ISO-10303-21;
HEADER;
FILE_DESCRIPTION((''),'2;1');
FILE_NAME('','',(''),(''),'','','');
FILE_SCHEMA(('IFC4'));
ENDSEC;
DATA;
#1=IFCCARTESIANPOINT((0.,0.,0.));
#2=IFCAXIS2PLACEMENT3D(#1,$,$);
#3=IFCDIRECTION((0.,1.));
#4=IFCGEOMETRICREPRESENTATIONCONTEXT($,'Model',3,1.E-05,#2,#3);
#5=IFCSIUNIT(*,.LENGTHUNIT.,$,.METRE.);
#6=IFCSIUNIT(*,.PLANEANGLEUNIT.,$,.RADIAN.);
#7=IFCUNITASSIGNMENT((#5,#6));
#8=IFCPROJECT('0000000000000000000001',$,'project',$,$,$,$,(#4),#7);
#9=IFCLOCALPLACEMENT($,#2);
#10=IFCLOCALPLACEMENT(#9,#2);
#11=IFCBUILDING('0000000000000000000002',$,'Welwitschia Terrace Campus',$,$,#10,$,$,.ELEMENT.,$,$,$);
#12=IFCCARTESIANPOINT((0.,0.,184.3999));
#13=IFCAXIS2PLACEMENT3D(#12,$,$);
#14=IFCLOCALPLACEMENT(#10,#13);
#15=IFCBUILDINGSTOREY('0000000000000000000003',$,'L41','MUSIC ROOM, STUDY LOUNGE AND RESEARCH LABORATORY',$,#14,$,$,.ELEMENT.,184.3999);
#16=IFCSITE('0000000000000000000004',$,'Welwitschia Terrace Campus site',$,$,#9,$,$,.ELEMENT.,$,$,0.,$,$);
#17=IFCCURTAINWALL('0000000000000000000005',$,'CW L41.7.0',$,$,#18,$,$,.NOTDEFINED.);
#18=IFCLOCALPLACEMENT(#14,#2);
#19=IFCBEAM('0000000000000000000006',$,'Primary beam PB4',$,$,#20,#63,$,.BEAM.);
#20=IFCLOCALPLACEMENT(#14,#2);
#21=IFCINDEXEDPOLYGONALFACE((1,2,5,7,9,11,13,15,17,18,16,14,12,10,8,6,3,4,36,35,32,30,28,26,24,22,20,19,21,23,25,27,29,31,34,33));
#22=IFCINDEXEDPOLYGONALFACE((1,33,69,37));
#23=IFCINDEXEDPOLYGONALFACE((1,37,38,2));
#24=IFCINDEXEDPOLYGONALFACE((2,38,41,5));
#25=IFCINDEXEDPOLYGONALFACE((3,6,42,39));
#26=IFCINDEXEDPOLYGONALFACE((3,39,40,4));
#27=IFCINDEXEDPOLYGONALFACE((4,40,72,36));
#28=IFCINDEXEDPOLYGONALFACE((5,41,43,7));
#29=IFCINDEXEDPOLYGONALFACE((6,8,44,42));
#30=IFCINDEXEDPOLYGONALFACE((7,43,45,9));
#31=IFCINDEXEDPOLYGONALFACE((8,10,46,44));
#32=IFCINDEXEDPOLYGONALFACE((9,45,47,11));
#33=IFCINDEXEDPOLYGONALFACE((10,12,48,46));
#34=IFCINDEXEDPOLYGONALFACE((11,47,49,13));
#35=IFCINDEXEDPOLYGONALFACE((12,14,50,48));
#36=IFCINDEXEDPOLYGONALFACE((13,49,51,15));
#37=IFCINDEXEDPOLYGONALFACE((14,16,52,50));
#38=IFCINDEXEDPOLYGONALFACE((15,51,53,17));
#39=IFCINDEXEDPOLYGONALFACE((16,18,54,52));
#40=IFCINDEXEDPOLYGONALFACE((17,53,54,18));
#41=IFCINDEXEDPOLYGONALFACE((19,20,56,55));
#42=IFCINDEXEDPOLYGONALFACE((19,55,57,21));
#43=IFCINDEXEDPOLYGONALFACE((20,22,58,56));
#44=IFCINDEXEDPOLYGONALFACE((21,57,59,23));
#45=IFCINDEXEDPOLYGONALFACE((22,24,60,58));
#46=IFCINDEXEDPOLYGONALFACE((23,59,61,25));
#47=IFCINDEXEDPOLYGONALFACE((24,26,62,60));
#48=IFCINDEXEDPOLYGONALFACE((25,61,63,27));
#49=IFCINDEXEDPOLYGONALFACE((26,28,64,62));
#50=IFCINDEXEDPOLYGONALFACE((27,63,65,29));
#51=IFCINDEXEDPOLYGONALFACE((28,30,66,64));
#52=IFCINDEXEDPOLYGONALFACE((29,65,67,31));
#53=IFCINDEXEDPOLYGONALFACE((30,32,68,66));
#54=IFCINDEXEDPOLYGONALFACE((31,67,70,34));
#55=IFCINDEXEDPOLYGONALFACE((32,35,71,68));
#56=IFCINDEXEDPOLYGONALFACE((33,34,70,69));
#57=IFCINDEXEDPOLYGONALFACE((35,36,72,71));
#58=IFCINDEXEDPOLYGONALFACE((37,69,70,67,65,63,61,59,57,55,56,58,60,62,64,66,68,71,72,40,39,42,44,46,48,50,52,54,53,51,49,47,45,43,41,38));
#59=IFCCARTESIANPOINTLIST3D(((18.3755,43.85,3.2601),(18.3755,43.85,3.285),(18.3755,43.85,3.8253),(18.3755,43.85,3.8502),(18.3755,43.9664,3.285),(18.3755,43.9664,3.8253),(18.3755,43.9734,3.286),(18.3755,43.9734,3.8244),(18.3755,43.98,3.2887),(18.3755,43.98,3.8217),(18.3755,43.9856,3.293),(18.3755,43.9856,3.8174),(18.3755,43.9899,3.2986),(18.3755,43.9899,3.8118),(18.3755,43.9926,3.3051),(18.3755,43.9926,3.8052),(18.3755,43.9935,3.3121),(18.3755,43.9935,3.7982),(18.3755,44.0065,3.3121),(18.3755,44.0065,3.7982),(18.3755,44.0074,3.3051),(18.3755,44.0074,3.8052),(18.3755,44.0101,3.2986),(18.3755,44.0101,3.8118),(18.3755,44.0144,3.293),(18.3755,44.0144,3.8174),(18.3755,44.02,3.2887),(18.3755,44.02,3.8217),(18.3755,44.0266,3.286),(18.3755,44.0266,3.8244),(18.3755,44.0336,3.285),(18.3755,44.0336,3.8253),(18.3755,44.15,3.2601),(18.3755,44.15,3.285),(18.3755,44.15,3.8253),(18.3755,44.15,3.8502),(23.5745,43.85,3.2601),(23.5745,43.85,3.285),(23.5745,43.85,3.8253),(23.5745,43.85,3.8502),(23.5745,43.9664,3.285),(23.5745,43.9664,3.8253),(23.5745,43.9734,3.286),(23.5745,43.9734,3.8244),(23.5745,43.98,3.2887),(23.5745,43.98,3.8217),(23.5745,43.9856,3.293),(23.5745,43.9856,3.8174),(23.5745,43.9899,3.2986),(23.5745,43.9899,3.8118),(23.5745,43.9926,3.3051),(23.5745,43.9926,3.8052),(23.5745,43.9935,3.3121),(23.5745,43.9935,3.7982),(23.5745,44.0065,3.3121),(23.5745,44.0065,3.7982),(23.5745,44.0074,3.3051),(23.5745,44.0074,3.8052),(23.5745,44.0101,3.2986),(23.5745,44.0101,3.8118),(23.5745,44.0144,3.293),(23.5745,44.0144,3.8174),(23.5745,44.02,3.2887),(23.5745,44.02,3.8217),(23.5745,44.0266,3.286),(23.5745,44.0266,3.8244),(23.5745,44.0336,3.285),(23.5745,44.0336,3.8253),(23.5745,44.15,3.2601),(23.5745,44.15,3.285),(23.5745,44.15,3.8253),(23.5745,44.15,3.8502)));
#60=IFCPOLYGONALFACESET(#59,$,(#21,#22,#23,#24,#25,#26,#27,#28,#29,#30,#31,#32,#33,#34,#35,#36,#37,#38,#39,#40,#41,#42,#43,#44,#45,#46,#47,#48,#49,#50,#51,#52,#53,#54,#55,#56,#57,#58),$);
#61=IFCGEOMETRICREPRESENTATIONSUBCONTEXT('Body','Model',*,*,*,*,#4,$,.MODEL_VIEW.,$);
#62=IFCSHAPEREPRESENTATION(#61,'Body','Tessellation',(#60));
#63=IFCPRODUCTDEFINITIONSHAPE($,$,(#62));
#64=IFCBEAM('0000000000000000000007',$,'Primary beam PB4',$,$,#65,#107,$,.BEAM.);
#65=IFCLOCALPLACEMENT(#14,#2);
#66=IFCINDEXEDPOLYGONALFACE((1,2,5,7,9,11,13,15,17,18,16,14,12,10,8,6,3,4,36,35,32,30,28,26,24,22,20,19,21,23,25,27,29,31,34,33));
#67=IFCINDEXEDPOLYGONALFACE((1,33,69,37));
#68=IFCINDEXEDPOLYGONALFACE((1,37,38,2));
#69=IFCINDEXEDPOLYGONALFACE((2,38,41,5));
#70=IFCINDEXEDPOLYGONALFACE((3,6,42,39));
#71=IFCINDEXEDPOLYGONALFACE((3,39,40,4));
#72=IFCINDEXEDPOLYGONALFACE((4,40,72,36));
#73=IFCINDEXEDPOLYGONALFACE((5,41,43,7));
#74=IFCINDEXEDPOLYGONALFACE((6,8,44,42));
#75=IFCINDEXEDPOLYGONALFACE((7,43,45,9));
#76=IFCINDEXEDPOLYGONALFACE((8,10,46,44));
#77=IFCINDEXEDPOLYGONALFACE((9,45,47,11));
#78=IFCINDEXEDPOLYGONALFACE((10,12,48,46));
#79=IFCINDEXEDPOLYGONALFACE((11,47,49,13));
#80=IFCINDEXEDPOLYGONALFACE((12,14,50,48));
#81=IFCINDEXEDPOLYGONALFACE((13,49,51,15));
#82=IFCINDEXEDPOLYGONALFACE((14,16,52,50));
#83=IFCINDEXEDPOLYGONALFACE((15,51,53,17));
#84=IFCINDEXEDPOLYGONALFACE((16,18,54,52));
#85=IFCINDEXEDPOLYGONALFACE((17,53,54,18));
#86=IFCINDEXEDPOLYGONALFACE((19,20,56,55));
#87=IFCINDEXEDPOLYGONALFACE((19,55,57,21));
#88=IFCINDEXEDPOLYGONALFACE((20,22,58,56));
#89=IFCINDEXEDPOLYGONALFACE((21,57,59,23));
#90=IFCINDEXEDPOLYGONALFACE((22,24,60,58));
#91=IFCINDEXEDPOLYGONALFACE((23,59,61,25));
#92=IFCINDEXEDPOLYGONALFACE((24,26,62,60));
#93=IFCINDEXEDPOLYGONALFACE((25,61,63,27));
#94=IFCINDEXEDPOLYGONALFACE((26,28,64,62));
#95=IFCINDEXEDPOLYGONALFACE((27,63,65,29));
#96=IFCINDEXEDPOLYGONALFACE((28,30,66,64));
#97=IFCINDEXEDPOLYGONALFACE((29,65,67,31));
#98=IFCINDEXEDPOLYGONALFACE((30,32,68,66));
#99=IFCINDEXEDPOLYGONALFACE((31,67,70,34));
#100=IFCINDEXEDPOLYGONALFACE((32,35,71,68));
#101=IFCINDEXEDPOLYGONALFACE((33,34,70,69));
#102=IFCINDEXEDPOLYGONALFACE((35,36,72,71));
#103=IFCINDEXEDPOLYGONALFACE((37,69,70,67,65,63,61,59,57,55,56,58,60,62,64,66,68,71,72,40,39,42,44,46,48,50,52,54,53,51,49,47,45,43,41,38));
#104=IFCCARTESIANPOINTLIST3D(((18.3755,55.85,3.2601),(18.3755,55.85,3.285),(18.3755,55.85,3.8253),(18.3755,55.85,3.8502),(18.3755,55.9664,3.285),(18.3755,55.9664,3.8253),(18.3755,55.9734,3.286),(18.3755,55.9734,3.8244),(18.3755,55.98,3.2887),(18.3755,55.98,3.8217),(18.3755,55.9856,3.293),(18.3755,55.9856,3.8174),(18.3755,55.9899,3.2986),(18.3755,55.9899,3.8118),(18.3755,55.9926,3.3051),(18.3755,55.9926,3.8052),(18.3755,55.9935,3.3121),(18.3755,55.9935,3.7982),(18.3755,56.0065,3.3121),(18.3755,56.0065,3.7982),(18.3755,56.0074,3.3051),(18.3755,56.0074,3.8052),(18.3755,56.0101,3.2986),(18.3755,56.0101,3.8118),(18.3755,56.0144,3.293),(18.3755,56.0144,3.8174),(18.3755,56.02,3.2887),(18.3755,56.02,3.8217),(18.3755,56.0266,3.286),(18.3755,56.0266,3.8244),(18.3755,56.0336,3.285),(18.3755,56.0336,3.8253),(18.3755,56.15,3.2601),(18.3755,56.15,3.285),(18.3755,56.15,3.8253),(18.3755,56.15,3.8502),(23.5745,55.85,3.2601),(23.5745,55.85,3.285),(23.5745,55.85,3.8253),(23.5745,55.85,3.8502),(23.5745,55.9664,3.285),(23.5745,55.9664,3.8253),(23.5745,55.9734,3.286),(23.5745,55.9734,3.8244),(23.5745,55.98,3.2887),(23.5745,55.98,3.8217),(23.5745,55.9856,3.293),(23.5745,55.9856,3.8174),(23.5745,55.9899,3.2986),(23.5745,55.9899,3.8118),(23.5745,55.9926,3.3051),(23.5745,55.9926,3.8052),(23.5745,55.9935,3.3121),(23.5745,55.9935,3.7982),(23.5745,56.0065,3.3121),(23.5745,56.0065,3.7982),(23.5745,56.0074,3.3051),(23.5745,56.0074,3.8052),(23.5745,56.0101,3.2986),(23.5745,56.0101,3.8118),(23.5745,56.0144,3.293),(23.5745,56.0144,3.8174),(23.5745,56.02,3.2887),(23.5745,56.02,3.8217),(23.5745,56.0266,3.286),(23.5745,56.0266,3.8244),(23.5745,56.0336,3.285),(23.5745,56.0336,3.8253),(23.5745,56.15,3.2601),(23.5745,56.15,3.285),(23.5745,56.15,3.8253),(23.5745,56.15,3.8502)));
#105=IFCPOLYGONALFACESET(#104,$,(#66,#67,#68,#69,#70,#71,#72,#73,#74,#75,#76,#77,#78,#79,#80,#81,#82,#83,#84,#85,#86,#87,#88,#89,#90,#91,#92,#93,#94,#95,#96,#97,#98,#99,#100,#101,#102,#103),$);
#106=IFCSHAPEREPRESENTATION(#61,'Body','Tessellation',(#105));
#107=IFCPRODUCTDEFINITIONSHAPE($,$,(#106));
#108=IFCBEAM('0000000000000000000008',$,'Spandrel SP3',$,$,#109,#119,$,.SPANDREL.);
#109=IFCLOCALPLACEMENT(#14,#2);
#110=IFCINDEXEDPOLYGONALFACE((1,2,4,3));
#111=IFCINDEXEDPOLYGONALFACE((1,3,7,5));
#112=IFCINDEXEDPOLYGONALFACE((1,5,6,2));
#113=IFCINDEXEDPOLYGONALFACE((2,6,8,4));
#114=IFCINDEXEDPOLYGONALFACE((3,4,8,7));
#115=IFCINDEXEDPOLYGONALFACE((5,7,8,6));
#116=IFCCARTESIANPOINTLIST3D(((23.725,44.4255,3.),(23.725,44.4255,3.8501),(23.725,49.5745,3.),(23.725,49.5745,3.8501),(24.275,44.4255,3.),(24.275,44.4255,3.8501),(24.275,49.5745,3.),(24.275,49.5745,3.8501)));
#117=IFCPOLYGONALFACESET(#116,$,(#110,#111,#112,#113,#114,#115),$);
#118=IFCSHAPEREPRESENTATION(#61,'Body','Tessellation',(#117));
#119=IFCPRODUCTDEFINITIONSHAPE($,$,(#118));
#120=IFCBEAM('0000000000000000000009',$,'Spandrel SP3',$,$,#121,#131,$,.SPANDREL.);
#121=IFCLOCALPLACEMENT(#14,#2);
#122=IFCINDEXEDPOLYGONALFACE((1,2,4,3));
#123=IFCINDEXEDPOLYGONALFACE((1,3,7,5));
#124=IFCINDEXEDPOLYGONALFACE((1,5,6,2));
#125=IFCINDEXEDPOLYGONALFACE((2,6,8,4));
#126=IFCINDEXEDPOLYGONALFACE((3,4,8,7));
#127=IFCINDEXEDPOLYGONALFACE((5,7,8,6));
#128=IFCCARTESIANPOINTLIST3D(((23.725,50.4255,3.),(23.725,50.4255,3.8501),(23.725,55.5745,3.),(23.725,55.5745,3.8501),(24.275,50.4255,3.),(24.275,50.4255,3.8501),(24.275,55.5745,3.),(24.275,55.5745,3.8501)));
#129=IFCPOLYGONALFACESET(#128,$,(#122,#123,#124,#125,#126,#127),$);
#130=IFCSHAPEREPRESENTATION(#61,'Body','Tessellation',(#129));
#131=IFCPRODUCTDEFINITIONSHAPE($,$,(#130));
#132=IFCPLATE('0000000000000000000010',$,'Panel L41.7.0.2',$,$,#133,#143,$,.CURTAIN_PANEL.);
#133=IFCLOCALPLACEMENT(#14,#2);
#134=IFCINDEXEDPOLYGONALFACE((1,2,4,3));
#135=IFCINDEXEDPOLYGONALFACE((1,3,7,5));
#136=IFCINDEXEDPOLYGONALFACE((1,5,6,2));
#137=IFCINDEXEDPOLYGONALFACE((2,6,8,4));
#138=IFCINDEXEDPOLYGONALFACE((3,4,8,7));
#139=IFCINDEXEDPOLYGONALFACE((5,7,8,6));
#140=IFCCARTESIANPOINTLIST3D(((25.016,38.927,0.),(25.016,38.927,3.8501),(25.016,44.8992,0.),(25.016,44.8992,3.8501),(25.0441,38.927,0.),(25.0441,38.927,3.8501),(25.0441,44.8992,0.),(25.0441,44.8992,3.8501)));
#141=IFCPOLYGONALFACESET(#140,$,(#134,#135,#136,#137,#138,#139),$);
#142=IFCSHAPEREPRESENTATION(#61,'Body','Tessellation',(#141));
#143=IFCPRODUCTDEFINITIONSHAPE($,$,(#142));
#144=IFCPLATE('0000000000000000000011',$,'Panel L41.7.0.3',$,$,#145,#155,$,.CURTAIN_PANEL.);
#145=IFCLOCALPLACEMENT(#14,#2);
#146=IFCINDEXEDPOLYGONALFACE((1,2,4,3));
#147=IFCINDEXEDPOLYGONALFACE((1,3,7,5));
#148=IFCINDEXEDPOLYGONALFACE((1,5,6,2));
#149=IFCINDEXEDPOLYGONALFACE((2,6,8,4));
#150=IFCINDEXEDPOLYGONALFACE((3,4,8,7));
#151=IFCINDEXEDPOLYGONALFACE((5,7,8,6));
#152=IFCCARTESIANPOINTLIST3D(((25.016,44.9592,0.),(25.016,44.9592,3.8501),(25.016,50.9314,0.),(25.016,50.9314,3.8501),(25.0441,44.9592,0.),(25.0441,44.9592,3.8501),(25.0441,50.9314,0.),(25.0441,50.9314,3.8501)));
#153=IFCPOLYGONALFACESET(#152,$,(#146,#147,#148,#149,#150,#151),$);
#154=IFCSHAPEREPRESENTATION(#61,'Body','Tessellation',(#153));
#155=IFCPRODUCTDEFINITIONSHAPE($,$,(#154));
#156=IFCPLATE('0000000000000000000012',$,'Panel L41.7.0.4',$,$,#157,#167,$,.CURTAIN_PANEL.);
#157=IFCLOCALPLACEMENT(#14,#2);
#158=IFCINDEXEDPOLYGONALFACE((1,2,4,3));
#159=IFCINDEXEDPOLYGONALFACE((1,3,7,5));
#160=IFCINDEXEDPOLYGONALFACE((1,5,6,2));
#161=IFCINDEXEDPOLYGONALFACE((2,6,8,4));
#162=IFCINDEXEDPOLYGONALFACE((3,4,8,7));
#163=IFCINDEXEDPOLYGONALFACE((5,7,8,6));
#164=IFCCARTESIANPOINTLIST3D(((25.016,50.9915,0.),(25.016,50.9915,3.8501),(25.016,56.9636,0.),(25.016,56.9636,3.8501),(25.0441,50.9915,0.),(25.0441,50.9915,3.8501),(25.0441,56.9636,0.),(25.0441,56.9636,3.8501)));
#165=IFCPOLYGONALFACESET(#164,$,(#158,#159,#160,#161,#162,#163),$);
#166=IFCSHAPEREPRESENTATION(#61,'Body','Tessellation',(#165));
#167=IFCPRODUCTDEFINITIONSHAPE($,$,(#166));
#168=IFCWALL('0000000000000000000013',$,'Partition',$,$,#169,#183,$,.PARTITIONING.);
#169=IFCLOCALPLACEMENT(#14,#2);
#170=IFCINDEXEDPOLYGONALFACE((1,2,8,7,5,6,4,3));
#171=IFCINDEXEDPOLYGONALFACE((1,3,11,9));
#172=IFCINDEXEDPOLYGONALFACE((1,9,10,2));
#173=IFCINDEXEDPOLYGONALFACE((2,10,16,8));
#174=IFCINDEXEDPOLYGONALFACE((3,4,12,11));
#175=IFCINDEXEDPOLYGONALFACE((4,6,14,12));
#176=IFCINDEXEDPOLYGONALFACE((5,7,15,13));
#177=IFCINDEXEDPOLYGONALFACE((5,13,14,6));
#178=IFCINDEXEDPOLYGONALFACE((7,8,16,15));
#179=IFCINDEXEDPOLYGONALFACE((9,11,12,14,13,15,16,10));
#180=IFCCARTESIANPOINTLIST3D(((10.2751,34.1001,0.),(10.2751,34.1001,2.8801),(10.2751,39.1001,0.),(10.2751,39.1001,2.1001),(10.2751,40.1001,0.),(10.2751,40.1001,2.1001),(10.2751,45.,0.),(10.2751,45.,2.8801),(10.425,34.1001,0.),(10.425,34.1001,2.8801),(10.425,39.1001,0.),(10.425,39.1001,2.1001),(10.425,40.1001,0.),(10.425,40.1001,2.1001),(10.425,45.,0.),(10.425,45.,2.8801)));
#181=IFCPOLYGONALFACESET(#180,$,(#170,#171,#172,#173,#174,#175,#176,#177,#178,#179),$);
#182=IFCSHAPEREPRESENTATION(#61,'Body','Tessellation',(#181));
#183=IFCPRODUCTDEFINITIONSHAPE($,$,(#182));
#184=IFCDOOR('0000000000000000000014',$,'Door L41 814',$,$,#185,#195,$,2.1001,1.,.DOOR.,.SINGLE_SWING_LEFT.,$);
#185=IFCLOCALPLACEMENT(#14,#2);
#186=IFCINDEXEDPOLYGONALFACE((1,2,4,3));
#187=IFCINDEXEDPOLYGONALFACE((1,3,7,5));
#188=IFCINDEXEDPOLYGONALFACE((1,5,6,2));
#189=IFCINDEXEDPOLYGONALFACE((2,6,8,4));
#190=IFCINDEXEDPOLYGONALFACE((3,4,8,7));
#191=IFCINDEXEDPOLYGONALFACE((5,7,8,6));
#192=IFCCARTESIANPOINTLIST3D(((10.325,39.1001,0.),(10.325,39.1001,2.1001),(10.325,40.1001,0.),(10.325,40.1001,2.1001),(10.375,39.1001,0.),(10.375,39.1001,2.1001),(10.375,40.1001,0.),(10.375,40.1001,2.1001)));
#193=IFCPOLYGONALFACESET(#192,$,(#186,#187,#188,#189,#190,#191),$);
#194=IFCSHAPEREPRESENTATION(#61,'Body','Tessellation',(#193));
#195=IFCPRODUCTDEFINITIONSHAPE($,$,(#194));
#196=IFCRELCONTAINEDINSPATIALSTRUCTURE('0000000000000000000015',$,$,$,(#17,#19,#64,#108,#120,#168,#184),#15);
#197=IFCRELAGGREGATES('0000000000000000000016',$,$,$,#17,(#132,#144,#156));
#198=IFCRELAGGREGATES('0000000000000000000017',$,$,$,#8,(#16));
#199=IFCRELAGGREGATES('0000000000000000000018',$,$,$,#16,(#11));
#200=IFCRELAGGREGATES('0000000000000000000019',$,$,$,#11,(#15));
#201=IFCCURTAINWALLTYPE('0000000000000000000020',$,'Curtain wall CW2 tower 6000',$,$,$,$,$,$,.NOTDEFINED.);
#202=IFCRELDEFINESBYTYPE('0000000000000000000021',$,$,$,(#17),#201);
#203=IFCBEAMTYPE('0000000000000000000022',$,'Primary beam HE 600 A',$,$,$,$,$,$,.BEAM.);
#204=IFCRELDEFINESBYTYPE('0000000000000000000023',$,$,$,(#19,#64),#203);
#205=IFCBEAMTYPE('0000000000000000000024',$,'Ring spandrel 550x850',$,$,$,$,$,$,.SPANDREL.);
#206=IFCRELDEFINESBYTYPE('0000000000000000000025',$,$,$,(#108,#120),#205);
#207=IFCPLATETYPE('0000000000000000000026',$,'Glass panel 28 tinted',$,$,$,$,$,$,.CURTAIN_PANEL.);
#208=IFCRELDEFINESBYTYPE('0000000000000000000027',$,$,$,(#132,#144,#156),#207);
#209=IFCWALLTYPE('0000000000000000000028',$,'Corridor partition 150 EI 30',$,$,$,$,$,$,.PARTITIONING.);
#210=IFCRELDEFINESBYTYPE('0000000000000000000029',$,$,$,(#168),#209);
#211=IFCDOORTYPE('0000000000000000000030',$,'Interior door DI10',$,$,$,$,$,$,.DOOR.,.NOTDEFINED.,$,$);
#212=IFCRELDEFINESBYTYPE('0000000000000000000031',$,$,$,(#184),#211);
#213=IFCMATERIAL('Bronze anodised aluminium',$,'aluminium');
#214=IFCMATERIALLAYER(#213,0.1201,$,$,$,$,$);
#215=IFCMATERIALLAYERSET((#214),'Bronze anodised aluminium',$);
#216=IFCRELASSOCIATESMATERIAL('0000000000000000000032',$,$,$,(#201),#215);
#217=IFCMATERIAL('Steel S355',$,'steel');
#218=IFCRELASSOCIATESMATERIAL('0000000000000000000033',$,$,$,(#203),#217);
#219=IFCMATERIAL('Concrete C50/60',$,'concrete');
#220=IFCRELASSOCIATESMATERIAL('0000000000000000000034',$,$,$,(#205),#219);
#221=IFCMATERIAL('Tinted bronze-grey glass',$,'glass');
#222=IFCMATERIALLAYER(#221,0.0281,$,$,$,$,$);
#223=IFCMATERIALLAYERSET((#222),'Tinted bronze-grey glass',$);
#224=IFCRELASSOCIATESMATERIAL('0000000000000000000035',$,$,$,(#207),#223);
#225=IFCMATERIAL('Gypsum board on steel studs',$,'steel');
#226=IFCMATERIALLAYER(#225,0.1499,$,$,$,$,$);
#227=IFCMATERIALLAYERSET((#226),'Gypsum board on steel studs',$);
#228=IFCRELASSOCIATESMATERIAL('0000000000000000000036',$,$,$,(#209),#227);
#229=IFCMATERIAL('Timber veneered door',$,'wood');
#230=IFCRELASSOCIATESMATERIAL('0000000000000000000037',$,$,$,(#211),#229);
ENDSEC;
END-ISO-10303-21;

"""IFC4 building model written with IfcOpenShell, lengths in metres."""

from ifc_helpers import new_model, si_unit, direction, frame, frame_2d, origin, origin_2d, place, context, subcontext, project, spatial, rectangle, i_section, extrude, material, layer, layer_set, material_profile, profile_set, type_object, element, fill, aggregate, save


model = new_model("IFC4")

# Units and contexts
model_context = context("Model", 3, precision=1e-05, world=origin(), true_north=direction((0.0, 1.0)))
body_context = subcontext(model_context, "Body", "Model", "MODEL_VIEW")
ifc_project = project(units=[si_unit("LENGTHUNIT", "METRE"), si_unit("PLANEANGLEUNIT", "RADIAN")], contexts=[model_context])

# Site, building, storey
site_placement = place(None, origin())
site = spatial("IfcSite", under=ifc_project, at=site_placement, Name="Welwitschia Terrace Campus site", CompositionType="ELEMENT", RefElevation=0.0)
building_placement = place(site_placement, origin())
building = spatial("IfcBuilding", under=site, at=building_placement, Name="Welwitschia Terrace Campus", CompositionType="ELEMENT")
storey_placement = place(building_placement, frame((0.0, 0.0, 184.3999)))
storey = spatial("IfcBuildingStorey", under=building, at=storey_placement, Name="L41", Description="MUSIC ROOM, STUDY LOUNGE AND RESEARCH LABORATORY", CompositionType="ELEMENT", Elevation=184.3999)

# Curtain wall
ifc_material_1 = material(Name="Bronze anodised aluminium", Category="aluminium")
ifc_layer_1 = layer(ifc_material_1, 0.1201)
ifc_layer_set_1 = layer_set([ifc_layer_1], Name="Bronze anodised aluminium")
curtain_wall_type = type_object("IfcCurtainWallType", Name="Curtain wall CW2 tower 6000", PredefinedType="NOTDEFINED", material=ifc_layer_set_1)
curtain_wall_placement = place(storey_placement, origin())
curtain_wall = element("IfcCurtainWall", 1, at=curtain_wall_placement, inside=storey, type_object=curtain_wall_type, Name="CW L41.7.0", PredefinedType="NOTDEFINED")

# Beams
ifc_material_2 = material(Name="Steel S355", Category="steel")
ifc_material_profile_1 = material_profile(ifc_material_2, i_section(OverallWidth=0.3, OverallDepth=0.5901, WebThickness=0.0129, FlangeThickness=0.0249, FilletRadius=0.0271, at=origin_2d()))
ifc_profile_set_1 = profile_set([ifc_material_profile_1], Name="Steel S355")
beam_type_1 = type_object("IfcBeamType", Name="Primary beam HE 600 A", PredefinedType="BEAM", material=ifc_profile_set_1)
for number, where, z_axis, x_axis, name in (
    (2, (23.5745, 44.0, 3.5552), (-1.0, 0.0, 0.0), (0.0, -1.0, 0.0), "Primary beam PB4"),
    (3, (23.5745, 56.0, 3.5552), (-1.0, 0.0, 0.0), (0.0, -1.0, 0.0), "Primary beam PB4"),
):
    element("IfcBeam", number, at=place(storey_placement, frame(where, z_axis=z_axis, x_axis=x_axis)), inside=storey, type_object=beam_type_1, Name=name, PredefinedType="BEAM", context=body_context, shape_type="SweptSolid", body=[
        extrude(i_section(OverallWidth=0.3, OverallDepth=0.5901, WebThickness=0.0129, FlangeThickness=0.0249, FilletRadius=0.0271, at=origin_2d()), origin(), (0.0, 0.0, 1.0), 5.199),
    ])
ifc_material_3 = material(Name="Concrete C50/60", Category="concrete")
ifc_material_profile_2 = material_profile(ifc_material_3, rectangle(XDim=0.55, YDim=0.8501, at=origin_2d()))
ifc_profile_set_2 = profile_set([ifc_material_profile_2], Name="Concrete C50/60")
beam_type_2 = type_object("IfcBeamType", Name="Ring spandrel 550x850", PredefinedType="SPANDREL", material=ifc_profile_set_2)
for number, where, z_axis, x_axis, name in (
    (4, (24.0, 44.4255, 3.425), (0.0, 1.0, 0.0), (-1.0, 0.0, 0.0), "Spandrel SP3"),
    (5, (24.0, 50.4255, 3.425), (0.0, 1.0, 0.0), (-1.0, 0.0, 0.0), "Spandrel SP3"),
):
    element("IfcBeam", number, at=place(storey_placement, frame(where, z_axis=z_axis, x_axis=x_axis)), inside=storey, type_object=beam_type_2, Name=name, PredefinedType="SPANDREL", context=body_context, shape_type="SweptSolid", body=[
        extrude(rectangle(XDim=0.55, YDim=0.8501, at=origin_2d()), origin(), (0.0, 0.0, 1.0), 5.1489),
    ])

# Plates
ifc_material_4 = material(Name="Tinted bronze-grey glass", Category="glass")
ifc_layer_2 = layer(ifc_material_4, 0.0281)
ifc_layer_set_2 = layer_set([ifc_layer_2], Name="Tinted bronze-grey glass")
plate_type = type_object("IfcPlateType", Name="Glass panel 28 tinted", PredefinedType="CURTAIN_PANEL", material=ifc_layer_set_2)
plate_1_placement = place(storey_placement, frame((25.03, 41.9131, 0.0), z_axis=(0.0, 0.0, 1.0), x_axis=(0.0, 1.0, 0.0)))
plate_1 = element("IfcPlate", 6, at=plate_1_placement, type_object=plate_type, Name="Panel L41.7.0.2", PredefinedType="CURTAIN_PANEL", context=body_context, shape_type="SweptSolid", body=[
    extrude(rectangle(XDim=5.9722, YDim=0.0281, at=origin_2d()), origin(), (0.0, 0.0, 1.0), 3.8501),
])
plate_2_placement = place(storey_placement, frame((25.03, 47.9453, 0.0), z_axis=(0.0, 0.0, 1.0), x_axis=(0.0, 1.0, 0.0)))
plate_2 = element("IfcPlate", 7, at=plate_2_placement, type_object=plate_type, Name="Panel L41.7.0.3", PredefinedType="CURTAIN_PANEL", context=body_context, shape_type="SweptSolid", body=[
    extrude(rectangle(XDim=5.9722, YDim=0.0281, at=origin_2d()), origin(), (0.0, 0.0, 1.0), 3.8501),
])
plate_3_placement = place(storey_placement, frame((25.03, 53.9775, 0.0), z_axis=(0.0, 0.0, 1.0), x_axis=(0.0, 1.0, 0.0)))
plate_3 = element("IfcPlate", 8, at=plate_3_placement, type_object=plate_type, Name="Panel L41.7.0.4", PredefinedType="CURTAIN_PANEL", context=body_context, shape_type="SweptSolid", body=[
    extrude(rectangle(XDim=5.9722, YDim=0.0281, at=origin_2d()), origin(), (0.0, 0.0, 1.0), 3.8501),
])
aggregate(curtain_wall, [plate_1, plate_2, plate_3])

# Wall, opening, door
ifc_material_5 = material(Name="Gypsum board on steel studs", Category="steel")
ifc_layer_3 = layer(ifc_material_5, 0.1499)
ifc_layer_set_3 = layer_set([ifc_layer_3], Name="Gypsum board on steel studs")
wall_type = type_object("IfcWallType", Name="Corridor partition 150 EI 30", PredefinedType="PARTITIONING", material=ifc_layer_set_3)
wall_1_placement = place(storey_placement, frame((10.3501, 45.0, 0.0), z_axis=(0.0, 0.0, 1.0), x_axis=(0.0, -1.0, 0.0)))
wall_1 = element("IfcWall", 9, at=wall_1_placement, inside=storey, type_object=wall_type, Name="Partition", PredefinedType="PARTITIONING", context=body_context, shape_type="SweptSolid", body=[
    extrude(rectangle(XDim=10.8999, YDim=0.1499, at=frame_2d((5.45, 0.0))), origin(), (0.0, 0.0, 1.0), 2.8801),
])
opening_1_placement = place(wall_1_placement, frame((4.8999, 0.0, 0.0)))
opening_1 = element("IfcOpeningElement", 10, at=opening_1_placement, cuts=wall_1, PredefinedType="OPENING", context=body_context, shape_type="SweptSolid", body=[
    extrude(rectangle(XDim=1.0, YDim=2.1001, at=frame_2d((0.5, 1.05))), frame((0.0, 0.085, 0.0), z_axis=(0.0, -1.0, 0.0), x_axis=(1.0, 0.0, 0.0)), (0.0, 0.0, 1.0), 0.1699),
])
ifc_material_6 = material(Name="Timber veneered door", Category="wood")
door_type = type_object("IfcDoorType", Name="Interior door DI10", OperationType="NOTDEFINED", PredefinedType="DOOR", material=ifc_material_6)
door_1_placement = place(opening_1_placement, origin())
door_1 = element("IfcDoor", 11, at=door_1_placement, inside=storey, type_object=door_type, Name="Door L41 814", OperationType="SINGLE_SWING_LEFT", OverallHeight=2.1001, OverallWidth=1.0, PredefinedType="DOOR", context=body_context, shape_type="SweptSolid", body=[
    extrude(rectangle(XDim=1.0, YDim=2.1001, at=frame_2d((0.5, 1.05))), frame((0.0, 0.0249, 0.0), z_axis=(0.0, -1.0, 0.0), x_axis=(1.0, 0.0, 0.0)), (0.0, 0.0, 1.0), 0.05),
])
fill(opening_1, door_1)

save(model, "model.ifc")
